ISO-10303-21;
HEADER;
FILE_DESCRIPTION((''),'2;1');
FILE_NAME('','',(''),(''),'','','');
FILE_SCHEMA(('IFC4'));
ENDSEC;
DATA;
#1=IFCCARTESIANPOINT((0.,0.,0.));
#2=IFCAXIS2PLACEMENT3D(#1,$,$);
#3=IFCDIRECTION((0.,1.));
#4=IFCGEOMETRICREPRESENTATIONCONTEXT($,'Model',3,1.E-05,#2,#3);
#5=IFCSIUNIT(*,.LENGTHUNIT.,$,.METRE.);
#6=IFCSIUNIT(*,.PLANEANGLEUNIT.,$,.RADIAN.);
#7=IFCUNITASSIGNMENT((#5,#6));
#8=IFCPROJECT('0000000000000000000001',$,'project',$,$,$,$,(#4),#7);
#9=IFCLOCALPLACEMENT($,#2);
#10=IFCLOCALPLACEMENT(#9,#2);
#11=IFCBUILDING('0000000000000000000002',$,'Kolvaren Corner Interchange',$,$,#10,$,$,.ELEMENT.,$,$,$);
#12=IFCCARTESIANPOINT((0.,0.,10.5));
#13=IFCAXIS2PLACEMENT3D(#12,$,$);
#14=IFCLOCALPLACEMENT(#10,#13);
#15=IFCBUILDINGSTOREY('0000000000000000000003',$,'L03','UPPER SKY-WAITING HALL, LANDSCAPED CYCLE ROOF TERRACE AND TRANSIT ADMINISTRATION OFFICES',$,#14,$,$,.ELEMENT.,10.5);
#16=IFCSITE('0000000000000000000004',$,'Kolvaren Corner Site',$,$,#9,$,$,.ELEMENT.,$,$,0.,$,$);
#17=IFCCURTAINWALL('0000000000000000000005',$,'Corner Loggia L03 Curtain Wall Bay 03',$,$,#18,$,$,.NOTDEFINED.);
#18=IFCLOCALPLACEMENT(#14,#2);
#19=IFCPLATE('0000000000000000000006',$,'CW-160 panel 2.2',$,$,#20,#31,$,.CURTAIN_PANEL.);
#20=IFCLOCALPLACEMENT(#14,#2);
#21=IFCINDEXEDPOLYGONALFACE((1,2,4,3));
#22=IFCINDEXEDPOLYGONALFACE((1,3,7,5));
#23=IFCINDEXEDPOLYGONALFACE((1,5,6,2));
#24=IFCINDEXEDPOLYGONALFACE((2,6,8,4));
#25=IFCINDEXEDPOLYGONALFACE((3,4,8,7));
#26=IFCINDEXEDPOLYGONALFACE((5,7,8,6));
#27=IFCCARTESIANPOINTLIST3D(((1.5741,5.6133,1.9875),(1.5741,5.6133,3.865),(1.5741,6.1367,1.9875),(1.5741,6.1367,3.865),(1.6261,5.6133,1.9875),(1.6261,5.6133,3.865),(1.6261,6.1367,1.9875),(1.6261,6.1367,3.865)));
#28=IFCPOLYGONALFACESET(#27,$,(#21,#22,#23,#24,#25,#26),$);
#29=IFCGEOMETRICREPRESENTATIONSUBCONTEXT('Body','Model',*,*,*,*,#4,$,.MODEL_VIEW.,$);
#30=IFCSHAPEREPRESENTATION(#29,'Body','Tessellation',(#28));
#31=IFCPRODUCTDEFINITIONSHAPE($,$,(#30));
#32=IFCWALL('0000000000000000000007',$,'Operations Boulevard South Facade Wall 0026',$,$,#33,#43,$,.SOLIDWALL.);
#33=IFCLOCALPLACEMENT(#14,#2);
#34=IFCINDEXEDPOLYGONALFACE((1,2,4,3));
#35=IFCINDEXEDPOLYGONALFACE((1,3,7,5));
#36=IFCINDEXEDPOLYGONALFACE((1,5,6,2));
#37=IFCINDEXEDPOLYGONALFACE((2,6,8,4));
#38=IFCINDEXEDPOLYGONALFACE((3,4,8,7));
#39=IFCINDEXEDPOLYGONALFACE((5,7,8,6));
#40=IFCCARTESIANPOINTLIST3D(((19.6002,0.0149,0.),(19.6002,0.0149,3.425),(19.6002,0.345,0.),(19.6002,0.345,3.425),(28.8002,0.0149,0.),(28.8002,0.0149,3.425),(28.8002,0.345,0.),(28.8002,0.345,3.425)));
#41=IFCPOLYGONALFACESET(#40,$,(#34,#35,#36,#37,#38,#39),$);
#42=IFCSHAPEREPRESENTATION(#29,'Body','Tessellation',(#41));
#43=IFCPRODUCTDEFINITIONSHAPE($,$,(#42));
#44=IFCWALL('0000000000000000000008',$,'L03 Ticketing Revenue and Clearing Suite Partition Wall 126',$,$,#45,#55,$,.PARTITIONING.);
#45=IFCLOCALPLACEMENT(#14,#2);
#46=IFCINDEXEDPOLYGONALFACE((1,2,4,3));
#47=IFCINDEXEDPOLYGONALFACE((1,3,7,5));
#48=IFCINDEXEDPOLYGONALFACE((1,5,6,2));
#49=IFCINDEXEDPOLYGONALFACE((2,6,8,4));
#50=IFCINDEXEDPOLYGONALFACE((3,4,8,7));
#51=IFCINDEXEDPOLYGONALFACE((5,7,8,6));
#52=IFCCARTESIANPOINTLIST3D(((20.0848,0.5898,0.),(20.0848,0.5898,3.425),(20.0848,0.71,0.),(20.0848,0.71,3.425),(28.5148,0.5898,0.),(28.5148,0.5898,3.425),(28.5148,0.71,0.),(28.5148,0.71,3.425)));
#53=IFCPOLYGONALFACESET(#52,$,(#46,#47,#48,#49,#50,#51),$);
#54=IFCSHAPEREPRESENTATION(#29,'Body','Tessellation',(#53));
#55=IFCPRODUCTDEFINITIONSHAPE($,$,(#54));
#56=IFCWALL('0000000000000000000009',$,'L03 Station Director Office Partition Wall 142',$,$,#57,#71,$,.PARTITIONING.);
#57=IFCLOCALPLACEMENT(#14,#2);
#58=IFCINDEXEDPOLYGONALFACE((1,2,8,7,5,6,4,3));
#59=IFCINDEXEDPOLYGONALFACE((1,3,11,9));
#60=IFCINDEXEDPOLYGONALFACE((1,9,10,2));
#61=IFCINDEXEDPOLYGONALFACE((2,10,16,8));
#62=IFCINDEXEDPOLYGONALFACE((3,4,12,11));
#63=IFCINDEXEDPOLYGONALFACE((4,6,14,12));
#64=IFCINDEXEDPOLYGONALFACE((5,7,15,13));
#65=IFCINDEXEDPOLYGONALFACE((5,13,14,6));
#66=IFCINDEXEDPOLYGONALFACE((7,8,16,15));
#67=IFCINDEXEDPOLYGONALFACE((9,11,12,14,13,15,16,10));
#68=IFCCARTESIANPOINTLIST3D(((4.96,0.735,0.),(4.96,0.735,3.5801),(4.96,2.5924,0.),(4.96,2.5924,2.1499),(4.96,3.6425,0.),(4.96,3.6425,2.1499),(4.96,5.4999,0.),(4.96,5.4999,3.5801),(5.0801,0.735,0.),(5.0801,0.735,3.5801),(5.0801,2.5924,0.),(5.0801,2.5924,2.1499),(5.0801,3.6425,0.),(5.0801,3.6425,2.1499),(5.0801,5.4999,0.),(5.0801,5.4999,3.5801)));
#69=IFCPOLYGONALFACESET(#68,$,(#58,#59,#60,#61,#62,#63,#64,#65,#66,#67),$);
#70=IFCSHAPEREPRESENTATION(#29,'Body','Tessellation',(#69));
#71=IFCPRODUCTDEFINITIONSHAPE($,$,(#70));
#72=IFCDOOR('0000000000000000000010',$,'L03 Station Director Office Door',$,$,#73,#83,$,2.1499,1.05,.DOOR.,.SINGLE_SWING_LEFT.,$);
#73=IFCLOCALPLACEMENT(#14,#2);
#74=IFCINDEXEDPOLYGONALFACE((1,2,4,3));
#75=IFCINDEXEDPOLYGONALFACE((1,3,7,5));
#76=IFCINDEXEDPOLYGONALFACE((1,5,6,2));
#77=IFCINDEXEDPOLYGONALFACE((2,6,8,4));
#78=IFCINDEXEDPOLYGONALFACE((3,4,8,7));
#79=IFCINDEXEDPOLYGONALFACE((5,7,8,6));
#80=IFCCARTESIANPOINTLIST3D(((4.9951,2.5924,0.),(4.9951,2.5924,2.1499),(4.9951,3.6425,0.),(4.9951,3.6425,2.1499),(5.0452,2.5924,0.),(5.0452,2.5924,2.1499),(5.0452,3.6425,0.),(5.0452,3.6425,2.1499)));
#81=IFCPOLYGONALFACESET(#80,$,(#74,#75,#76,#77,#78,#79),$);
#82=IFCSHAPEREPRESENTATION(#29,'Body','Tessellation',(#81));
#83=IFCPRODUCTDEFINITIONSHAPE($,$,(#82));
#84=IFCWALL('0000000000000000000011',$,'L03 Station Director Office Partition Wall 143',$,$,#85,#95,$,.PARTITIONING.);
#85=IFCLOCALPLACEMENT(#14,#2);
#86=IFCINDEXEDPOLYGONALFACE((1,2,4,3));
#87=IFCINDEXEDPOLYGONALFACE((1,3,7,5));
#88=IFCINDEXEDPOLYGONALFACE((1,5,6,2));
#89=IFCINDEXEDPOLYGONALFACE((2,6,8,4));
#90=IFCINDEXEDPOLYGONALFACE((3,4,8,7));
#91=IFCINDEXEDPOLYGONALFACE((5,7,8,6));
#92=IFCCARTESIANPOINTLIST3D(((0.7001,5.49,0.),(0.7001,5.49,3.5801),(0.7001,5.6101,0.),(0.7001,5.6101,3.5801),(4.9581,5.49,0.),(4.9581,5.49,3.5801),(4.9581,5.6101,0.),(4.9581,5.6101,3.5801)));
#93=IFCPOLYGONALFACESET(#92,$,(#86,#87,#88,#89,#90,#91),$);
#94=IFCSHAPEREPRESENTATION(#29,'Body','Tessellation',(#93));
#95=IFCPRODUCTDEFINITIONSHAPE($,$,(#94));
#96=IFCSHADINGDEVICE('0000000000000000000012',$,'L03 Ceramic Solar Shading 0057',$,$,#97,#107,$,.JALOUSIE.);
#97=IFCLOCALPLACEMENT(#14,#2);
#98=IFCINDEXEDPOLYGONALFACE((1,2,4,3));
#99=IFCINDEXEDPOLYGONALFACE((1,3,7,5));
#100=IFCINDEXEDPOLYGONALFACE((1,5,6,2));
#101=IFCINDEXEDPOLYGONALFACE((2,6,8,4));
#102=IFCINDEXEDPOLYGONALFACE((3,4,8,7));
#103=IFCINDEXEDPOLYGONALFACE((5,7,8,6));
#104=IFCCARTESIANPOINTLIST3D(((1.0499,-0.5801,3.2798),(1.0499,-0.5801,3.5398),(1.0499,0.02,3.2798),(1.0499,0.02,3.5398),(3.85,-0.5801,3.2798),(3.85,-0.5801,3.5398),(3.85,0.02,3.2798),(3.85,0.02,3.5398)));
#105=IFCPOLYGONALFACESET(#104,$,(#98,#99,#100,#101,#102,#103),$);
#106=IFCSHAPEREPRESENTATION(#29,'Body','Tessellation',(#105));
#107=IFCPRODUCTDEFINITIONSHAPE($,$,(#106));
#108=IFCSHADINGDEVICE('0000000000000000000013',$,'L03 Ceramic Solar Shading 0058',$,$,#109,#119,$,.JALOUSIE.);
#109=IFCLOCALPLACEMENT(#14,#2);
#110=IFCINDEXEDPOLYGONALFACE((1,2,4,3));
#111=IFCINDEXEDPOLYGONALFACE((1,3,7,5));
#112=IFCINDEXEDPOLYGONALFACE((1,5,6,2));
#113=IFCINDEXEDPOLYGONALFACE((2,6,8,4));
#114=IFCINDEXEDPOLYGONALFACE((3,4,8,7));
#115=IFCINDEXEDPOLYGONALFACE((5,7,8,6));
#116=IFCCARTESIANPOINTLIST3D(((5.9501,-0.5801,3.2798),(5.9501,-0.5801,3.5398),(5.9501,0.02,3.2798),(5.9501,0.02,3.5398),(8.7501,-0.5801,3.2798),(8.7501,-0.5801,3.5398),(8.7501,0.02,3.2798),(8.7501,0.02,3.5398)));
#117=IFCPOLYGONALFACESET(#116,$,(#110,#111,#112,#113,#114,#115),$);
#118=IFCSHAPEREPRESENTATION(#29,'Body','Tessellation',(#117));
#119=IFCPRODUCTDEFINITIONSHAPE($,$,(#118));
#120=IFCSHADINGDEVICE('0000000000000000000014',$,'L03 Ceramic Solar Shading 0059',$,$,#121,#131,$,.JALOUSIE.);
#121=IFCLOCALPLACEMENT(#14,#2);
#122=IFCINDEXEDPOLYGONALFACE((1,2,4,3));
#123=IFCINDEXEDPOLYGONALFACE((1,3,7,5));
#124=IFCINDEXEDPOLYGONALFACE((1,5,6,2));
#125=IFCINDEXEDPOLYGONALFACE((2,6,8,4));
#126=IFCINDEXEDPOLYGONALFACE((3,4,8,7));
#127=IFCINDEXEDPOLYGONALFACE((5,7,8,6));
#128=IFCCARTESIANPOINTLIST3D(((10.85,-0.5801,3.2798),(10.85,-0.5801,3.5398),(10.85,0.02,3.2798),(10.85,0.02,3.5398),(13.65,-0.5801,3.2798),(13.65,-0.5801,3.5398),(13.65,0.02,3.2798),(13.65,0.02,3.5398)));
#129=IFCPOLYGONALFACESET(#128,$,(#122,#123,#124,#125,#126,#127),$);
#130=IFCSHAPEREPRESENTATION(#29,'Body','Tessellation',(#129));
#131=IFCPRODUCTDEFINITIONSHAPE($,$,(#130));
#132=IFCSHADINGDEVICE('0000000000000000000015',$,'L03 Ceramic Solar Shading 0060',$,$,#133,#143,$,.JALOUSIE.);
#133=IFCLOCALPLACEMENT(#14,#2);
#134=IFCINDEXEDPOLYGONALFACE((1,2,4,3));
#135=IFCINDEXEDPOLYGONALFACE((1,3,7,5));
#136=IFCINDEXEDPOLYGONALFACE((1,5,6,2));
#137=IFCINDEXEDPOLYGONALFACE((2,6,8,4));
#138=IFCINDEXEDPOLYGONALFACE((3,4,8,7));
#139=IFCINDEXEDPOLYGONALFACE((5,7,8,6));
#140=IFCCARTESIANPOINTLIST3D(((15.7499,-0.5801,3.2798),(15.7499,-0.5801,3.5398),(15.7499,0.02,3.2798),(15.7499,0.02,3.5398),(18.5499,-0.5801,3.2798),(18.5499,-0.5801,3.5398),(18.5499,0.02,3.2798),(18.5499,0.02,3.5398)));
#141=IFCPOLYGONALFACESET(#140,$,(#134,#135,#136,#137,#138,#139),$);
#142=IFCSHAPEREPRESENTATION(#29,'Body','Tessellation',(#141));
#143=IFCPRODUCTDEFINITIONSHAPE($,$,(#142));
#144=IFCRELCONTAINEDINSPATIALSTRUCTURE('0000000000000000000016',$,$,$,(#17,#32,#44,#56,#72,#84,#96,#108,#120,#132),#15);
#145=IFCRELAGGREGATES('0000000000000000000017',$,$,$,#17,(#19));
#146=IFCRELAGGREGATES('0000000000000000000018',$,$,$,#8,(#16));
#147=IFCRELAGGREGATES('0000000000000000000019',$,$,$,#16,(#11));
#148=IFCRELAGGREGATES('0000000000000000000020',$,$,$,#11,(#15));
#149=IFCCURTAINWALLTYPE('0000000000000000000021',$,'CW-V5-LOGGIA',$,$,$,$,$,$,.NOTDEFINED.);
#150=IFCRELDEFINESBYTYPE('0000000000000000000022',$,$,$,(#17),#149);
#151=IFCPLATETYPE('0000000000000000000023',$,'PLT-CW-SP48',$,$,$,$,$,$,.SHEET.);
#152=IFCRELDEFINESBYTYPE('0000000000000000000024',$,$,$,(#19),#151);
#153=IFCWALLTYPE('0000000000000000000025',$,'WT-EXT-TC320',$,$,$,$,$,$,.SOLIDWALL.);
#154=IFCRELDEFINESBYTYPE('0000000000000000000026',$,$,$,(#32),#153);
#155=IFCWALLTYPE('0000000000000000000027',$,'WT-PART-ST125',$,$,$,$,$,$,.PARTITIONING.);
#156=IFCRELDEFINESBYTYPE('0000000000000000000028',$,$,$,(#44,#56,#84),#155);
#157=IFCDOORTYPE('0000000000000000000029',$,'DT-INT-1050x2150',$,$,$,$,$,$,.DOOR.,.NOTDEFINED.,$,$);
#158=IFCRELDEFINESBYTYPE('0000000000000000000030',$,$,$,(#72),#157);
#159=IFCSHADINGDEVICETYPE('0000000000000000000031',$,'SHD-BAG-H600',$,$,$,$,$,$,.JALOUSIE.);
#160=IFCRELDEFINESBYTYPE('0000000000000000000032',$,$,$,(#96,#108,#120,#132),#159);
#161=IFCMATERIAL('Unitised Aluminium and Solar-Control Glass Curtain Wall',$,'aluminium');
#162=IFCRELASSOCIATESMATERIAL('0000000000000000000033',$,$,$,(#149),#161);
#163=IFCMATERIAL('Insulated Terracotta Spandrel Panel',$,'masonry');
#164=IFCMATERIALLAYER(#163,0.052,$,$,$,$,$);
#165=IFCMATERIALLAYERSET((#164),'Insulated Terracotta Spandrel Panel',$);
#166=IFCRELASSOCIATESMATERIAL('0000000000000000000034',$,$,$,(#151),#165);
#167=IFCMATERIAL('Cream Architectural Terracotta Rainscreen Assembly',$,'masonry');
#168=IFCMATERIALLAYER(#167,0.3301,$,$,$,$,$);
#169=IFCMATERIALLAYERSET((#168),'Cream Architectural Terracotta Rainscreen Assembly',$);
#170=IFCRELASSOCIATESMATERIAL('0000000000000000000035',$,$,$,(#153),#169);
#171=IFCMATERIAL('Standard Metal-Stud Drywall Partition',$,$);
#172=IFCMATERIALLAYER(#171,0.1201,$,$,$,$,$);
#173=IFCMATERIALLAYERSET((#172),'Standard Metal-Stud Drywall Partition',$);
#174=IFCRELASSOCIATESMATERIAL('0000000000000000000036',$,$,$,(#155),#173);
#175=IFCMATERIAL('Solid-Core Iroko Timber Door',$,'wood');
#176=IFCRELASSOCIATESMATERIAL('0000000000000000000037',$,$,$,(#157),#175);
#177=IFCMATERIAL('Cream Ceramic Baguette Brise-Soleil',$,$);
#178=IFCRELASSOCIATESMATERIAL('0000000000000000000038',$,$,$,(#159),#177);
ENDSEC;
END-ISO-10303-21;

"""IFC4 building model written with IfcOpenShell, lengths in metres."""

from ifc_helpers import new_model, si_unit, direction, frame, frame_2d, origin, origin_2d, place, context, subcontext, project, spatial, rectangle, extrude, material, layer, layer_set, type_object, element, fill, aggregate, save


model = new_model("IFC4")

# Units and contexts
model_context = context("Model", 3, precision=1e-05, world=origin(), true_north=direction((0.0, 1.0)))
body_context = subcontext(model_context, "Body", "Model", "MODEL_VIEW")
ifc_project = project(units=[si_unit("LENGTHUNIT", "METRE"), si_unit("PLANEANGLEUNIT", "RADIAN")], contexts=[model_context])

# Site, building, storey
site_placement = place(None, origin())
site = spatial("IfcSite", under=ifc_project, at=site_placement, Name="Kolvaren Corner Site", CompositionType="ELEMENT", RefElevation=0.0)
building_placement = place(site_placement, origin())
building = spatial("IfcBuilding", under=site, at=building_placement, Name="Kolvaren Corner Interchange", CompositionType="ELEMENT")
storey_placement = place(building_placement, frame((0.0, 0.0, 10.5)))
storey = spatial("IfcBuildingStorey", under=building, at=storey_placement, Name="L03", Description="UPPER SKY-WAITING HALL, LANDSCAPED CYCLE ROOF TERRACE AND TRANSIT ADMINISTRATION OFFICES", CompositionType="ELEMENT", Elevation=10.5)

# Curtain wall
ifc_material_1 = material(Name="Unitised Aluminium and Solar-Control Glass Curtain Wall", Category="aluminium")
curtain_wall_type = type_object("IfcCurtainWallType", Name="CW-V5-LOGGIA", PredefinedType="NOTDEFINED", material=ifc_material_1)
curtain_wall_placement = place(storey_placement, origin())
curtain_wall = element("IfcCurtainWall", 1, at=curtain_wall_placement, inside=storey, type_object=curtain_wall_type, Name="Corner Loggia L03 Curtain Wall Bay 03", PredefinedType="NOTDEFINED")

# Plate
ifc_material_2 = material(Name="Insulated Terracotta Spandrel Panel", Category="masonry")
ifc_layer_1 = layer(ifc_material_2, 0.052)
ifc_layer_set_1 = layer_set([ifc_layer_1], Name="Insulated Terracotta Spandrel Panel")
plate_type_1 = type_object("IfcPlateType", Name="PLT-CW-SP48", PredefinedType="SHEET", material=ifc_layer_set_1)
plate_1_placement = place(storey_placement, frame((1.6001, 5.875, 1.9875), z_axis=(0.0, 0.0, 1.0), x_axis=(0.0, 1.0, 0.0)))
plate_1 = element("IfcPlate", 2, at=plate_1_placement, type_object=plate_type_1, Name="CW-160 panel 2.2", PredefinedType="CURTAIN_PANEL", context=body_context, shape_type="SweptSolid", body=[
    extrude(rectangle(XDim=0.5234, YDim=0.052, at=origin_2d()), origin(), (0.0, 0.0, 1.0), 1.8774),
])
aggregate(curtain_wall, [plate_1])

# Walls
ifc_material_3 = material(Name="Cream Architectural Terracotta Rainscreen Assembly", Category="masonry")
ifc_layer_2 = layer(ifc_material_3, 0.3301)
ifc_layer_set_2 = layer_set([ifc_layer_2], Name="Cream Architectural Terracotta Rainscreen Assembly")
wall_type_1 = type_object("IfcWallType", Name="WT-EXT-TC320", PredefinedType="SOLIDWALL", material=ifc_layer_set_2)
wall_1_placement = place(storey_placement, frame((19.6001, 0.1799, 0.0), z_axis=(0.0, 0.0, 1.0), x_axis=(1.0, 0.0, 0.0)))
element("IfcWall", 3, at=wall_1_placement, inside=storey, type_object=wall_type_1, Name="Operations Boulevard South Facade Wall 0026", PredefinedType="SOLIDWALL", context=body_context, shape_type="SweptSolid", body=[
    extrude(rectangle(XDim=9.2, YDim=0.3301, at=frame_2d((4.6001, 0.0))), origin(), (0.0, 0.0, 1.0), 3.425),
])
ifc_material_4 = material(Name="Standard Metal-Stud Drywall Partition")
ifc_layer_3 = layer(ifc_material_4, 0.1201)
ifc_layer_set_3 = layer_set([ifc_layer_3], Name="Standard Metal-Stud Drywall Partition")
wall_type_2 = type_object("IfcWallType", Name="WT-PART-ST125", PredefinedType="PARTITIONING", material=ifc_layer_set_3)
wall_2_placement = place(storey_placement, frame((20.085, 0.6499, 0.0), z_axis=(0.0, 0.0, 1.0), x_axis=(1.0, 0.0, 0.0)))
element("IfcWall", 4, at=wall_2_placement, inside=storey, type_object=wall_type_2, Name="L03 Ticketing Revenue and Clearing Suite Partition Wall 126", PredefinedType="PARTITIONING", context=body_context, shape_type="SweptSolid", body=[
    extrude(rectangle(XDim=8.4299, YDim=0.1201, at=frame_2d((4.2148, 0.0))), origin(), (0.0, 0.0, 1.0), 3.425),
])

# Wall, opening, door
wall_3_placement = place(storey_placement, frame((5.02, 0.7351, 0.0), z_axis=(0.0, 0.0, 1.0), x_axis=(0.0, 1.0, 0.0)))
wall_3 = element("IfcWall", 5, at=wall_3_placement, inside=storey, type_object=wall_type_2, Name="L03 Station Director Office Partition Wall 142", PredefinedType="PARTITIONING", context=body_context, shape_type="SweptSolid", body=[
    extrude(rectangle(XDim=4.7649, YDim=0.1201, at=frame_2d((2.3823, 0.0))), origin(), (0.0, 0.0, 1.0), 3.5801),
])
opening_placement = place(wall_3_placement, frame((1.8574, 0.0, 0.0)))
opening = element("IfcOpeningElement", 6, at=opening_placement, cuts=wall_3, PredefinedType="OPENING", context=body_context, shape_type="SweptSolid", body=[
    extrude(rectangle(XDim=1.05, YDim=2.1499, at=frame_2d((0.5249, 1.075))), frame((0.0, 0.0701, 0.0), z_axis=(0.0, -1.0, 0.0), x_axis=(1.0, 0.0, 0.0)), (0.0, 0.0, 1.0), 0.1401),
])
ifc_material_5 = material(Name="Solid-Core Iroko Timber Door", Category="wood")
door_type = type_object("IfcDoorType", Name="DT-INT-1050x2150", OperationType="NOTDEFINED", PredefinedType="DOOR", material=ifc_material_5)
door_placement = place(opening_placement, origin())
door = element("IfcDoor", 7, at=door_placement, inside=storey, type_object=door_type, Name="L03 Station Director Office Door", OperationType="SINGLE_SWING_LEFT", OverallHeight=2.1499, OverallWidth=1.05, PredefinedType="DOOR", context=body_context, shape_type="SweptSolid", body=[
    extrude(rectangle(XDim=1.05, YDim=2.1499, at=frame_2d((0.5249, 1.075))), frame((0.0, 0.0249, 0.0), z_axis=(0.0, -1.0, 0.0), x_axis=(1.0, 0.0, 0.0)), (0.0, 0.0, 1.0), 0.05),
])
fill(opening, door)

# Wall
wall_4_placement = place(storey_placement, frame((4.958, 5.55, 0.0), z_axis=(0.0, 0.0, 1.0), x_axis=(-1.0, 0.0, 0.0)))
element("IfcWall", 8, at=wall_4_placement, inside=storey, type_object=wall_type_2, Name="L03 Station Director Office Partition Wall 143", PredefinedType="PARTITIONING", context=body_context, shape_type="SweptSolid", body=[
    extrude(rectangle(XDim=4.2581, YDim=0.1201, at=frame_2d((2.1289, 0.0))), origin(), (0.0, 0.0, 1.0), 3.5801),
])

# Shading devices
ifc_material_6 = material(Name="Cream Ceramic Baguette Brise-Soleil")
shading_device_type = type_object("IfcShadingDeviceType", Name="SHD-BAG-H600", PredefinedType="JALOUSIE", material=ifc_material_6)
for number, where, z_axis, x_axis, name in (
    (9, (2.45, -0.28, 3.2798), (0.0, 0.0, 1.0), (1.0, 0.0, 0.0), "L03 Ceramic Solar Shading 0057"),
    (10, (7.3501, -0.28, 3.2798), (0.0, 0.0, 1.0), (1.0, 0.0, 0.0), "L03 Ceramic Solar Shading 0058"),
    (11, (12.25, -0.28, 3.2798), (0.0, 0.0, 1.0), (1.0, 0.0, 0.0), "L03 Ceramic Solar Shading 0059"),
    (12, (17.1499, -0.28, 3.2798), (0.0, 0.0, 1.0), (1.0, 0.0, 0.0), "L03 Ceramic Solar Shading 0060"),
):
    element("IfcShadingDevice", number, at=place(storey_placement, frame(where, z_axis=z_axis, x_axis=x_axis)), inside=storey, type_object=shading_device_type, Name=name, PredefinedType="JALOUSIE", context=body_context, shape_type="SweptSolid", body=[
        extrude(rectangle(XDim=2.8, YDim=0.6001, at=origin_2d()), origin(), (0.0, 0.0, 1.0), 0.26),
    ])

save(model, "model.ifc")
